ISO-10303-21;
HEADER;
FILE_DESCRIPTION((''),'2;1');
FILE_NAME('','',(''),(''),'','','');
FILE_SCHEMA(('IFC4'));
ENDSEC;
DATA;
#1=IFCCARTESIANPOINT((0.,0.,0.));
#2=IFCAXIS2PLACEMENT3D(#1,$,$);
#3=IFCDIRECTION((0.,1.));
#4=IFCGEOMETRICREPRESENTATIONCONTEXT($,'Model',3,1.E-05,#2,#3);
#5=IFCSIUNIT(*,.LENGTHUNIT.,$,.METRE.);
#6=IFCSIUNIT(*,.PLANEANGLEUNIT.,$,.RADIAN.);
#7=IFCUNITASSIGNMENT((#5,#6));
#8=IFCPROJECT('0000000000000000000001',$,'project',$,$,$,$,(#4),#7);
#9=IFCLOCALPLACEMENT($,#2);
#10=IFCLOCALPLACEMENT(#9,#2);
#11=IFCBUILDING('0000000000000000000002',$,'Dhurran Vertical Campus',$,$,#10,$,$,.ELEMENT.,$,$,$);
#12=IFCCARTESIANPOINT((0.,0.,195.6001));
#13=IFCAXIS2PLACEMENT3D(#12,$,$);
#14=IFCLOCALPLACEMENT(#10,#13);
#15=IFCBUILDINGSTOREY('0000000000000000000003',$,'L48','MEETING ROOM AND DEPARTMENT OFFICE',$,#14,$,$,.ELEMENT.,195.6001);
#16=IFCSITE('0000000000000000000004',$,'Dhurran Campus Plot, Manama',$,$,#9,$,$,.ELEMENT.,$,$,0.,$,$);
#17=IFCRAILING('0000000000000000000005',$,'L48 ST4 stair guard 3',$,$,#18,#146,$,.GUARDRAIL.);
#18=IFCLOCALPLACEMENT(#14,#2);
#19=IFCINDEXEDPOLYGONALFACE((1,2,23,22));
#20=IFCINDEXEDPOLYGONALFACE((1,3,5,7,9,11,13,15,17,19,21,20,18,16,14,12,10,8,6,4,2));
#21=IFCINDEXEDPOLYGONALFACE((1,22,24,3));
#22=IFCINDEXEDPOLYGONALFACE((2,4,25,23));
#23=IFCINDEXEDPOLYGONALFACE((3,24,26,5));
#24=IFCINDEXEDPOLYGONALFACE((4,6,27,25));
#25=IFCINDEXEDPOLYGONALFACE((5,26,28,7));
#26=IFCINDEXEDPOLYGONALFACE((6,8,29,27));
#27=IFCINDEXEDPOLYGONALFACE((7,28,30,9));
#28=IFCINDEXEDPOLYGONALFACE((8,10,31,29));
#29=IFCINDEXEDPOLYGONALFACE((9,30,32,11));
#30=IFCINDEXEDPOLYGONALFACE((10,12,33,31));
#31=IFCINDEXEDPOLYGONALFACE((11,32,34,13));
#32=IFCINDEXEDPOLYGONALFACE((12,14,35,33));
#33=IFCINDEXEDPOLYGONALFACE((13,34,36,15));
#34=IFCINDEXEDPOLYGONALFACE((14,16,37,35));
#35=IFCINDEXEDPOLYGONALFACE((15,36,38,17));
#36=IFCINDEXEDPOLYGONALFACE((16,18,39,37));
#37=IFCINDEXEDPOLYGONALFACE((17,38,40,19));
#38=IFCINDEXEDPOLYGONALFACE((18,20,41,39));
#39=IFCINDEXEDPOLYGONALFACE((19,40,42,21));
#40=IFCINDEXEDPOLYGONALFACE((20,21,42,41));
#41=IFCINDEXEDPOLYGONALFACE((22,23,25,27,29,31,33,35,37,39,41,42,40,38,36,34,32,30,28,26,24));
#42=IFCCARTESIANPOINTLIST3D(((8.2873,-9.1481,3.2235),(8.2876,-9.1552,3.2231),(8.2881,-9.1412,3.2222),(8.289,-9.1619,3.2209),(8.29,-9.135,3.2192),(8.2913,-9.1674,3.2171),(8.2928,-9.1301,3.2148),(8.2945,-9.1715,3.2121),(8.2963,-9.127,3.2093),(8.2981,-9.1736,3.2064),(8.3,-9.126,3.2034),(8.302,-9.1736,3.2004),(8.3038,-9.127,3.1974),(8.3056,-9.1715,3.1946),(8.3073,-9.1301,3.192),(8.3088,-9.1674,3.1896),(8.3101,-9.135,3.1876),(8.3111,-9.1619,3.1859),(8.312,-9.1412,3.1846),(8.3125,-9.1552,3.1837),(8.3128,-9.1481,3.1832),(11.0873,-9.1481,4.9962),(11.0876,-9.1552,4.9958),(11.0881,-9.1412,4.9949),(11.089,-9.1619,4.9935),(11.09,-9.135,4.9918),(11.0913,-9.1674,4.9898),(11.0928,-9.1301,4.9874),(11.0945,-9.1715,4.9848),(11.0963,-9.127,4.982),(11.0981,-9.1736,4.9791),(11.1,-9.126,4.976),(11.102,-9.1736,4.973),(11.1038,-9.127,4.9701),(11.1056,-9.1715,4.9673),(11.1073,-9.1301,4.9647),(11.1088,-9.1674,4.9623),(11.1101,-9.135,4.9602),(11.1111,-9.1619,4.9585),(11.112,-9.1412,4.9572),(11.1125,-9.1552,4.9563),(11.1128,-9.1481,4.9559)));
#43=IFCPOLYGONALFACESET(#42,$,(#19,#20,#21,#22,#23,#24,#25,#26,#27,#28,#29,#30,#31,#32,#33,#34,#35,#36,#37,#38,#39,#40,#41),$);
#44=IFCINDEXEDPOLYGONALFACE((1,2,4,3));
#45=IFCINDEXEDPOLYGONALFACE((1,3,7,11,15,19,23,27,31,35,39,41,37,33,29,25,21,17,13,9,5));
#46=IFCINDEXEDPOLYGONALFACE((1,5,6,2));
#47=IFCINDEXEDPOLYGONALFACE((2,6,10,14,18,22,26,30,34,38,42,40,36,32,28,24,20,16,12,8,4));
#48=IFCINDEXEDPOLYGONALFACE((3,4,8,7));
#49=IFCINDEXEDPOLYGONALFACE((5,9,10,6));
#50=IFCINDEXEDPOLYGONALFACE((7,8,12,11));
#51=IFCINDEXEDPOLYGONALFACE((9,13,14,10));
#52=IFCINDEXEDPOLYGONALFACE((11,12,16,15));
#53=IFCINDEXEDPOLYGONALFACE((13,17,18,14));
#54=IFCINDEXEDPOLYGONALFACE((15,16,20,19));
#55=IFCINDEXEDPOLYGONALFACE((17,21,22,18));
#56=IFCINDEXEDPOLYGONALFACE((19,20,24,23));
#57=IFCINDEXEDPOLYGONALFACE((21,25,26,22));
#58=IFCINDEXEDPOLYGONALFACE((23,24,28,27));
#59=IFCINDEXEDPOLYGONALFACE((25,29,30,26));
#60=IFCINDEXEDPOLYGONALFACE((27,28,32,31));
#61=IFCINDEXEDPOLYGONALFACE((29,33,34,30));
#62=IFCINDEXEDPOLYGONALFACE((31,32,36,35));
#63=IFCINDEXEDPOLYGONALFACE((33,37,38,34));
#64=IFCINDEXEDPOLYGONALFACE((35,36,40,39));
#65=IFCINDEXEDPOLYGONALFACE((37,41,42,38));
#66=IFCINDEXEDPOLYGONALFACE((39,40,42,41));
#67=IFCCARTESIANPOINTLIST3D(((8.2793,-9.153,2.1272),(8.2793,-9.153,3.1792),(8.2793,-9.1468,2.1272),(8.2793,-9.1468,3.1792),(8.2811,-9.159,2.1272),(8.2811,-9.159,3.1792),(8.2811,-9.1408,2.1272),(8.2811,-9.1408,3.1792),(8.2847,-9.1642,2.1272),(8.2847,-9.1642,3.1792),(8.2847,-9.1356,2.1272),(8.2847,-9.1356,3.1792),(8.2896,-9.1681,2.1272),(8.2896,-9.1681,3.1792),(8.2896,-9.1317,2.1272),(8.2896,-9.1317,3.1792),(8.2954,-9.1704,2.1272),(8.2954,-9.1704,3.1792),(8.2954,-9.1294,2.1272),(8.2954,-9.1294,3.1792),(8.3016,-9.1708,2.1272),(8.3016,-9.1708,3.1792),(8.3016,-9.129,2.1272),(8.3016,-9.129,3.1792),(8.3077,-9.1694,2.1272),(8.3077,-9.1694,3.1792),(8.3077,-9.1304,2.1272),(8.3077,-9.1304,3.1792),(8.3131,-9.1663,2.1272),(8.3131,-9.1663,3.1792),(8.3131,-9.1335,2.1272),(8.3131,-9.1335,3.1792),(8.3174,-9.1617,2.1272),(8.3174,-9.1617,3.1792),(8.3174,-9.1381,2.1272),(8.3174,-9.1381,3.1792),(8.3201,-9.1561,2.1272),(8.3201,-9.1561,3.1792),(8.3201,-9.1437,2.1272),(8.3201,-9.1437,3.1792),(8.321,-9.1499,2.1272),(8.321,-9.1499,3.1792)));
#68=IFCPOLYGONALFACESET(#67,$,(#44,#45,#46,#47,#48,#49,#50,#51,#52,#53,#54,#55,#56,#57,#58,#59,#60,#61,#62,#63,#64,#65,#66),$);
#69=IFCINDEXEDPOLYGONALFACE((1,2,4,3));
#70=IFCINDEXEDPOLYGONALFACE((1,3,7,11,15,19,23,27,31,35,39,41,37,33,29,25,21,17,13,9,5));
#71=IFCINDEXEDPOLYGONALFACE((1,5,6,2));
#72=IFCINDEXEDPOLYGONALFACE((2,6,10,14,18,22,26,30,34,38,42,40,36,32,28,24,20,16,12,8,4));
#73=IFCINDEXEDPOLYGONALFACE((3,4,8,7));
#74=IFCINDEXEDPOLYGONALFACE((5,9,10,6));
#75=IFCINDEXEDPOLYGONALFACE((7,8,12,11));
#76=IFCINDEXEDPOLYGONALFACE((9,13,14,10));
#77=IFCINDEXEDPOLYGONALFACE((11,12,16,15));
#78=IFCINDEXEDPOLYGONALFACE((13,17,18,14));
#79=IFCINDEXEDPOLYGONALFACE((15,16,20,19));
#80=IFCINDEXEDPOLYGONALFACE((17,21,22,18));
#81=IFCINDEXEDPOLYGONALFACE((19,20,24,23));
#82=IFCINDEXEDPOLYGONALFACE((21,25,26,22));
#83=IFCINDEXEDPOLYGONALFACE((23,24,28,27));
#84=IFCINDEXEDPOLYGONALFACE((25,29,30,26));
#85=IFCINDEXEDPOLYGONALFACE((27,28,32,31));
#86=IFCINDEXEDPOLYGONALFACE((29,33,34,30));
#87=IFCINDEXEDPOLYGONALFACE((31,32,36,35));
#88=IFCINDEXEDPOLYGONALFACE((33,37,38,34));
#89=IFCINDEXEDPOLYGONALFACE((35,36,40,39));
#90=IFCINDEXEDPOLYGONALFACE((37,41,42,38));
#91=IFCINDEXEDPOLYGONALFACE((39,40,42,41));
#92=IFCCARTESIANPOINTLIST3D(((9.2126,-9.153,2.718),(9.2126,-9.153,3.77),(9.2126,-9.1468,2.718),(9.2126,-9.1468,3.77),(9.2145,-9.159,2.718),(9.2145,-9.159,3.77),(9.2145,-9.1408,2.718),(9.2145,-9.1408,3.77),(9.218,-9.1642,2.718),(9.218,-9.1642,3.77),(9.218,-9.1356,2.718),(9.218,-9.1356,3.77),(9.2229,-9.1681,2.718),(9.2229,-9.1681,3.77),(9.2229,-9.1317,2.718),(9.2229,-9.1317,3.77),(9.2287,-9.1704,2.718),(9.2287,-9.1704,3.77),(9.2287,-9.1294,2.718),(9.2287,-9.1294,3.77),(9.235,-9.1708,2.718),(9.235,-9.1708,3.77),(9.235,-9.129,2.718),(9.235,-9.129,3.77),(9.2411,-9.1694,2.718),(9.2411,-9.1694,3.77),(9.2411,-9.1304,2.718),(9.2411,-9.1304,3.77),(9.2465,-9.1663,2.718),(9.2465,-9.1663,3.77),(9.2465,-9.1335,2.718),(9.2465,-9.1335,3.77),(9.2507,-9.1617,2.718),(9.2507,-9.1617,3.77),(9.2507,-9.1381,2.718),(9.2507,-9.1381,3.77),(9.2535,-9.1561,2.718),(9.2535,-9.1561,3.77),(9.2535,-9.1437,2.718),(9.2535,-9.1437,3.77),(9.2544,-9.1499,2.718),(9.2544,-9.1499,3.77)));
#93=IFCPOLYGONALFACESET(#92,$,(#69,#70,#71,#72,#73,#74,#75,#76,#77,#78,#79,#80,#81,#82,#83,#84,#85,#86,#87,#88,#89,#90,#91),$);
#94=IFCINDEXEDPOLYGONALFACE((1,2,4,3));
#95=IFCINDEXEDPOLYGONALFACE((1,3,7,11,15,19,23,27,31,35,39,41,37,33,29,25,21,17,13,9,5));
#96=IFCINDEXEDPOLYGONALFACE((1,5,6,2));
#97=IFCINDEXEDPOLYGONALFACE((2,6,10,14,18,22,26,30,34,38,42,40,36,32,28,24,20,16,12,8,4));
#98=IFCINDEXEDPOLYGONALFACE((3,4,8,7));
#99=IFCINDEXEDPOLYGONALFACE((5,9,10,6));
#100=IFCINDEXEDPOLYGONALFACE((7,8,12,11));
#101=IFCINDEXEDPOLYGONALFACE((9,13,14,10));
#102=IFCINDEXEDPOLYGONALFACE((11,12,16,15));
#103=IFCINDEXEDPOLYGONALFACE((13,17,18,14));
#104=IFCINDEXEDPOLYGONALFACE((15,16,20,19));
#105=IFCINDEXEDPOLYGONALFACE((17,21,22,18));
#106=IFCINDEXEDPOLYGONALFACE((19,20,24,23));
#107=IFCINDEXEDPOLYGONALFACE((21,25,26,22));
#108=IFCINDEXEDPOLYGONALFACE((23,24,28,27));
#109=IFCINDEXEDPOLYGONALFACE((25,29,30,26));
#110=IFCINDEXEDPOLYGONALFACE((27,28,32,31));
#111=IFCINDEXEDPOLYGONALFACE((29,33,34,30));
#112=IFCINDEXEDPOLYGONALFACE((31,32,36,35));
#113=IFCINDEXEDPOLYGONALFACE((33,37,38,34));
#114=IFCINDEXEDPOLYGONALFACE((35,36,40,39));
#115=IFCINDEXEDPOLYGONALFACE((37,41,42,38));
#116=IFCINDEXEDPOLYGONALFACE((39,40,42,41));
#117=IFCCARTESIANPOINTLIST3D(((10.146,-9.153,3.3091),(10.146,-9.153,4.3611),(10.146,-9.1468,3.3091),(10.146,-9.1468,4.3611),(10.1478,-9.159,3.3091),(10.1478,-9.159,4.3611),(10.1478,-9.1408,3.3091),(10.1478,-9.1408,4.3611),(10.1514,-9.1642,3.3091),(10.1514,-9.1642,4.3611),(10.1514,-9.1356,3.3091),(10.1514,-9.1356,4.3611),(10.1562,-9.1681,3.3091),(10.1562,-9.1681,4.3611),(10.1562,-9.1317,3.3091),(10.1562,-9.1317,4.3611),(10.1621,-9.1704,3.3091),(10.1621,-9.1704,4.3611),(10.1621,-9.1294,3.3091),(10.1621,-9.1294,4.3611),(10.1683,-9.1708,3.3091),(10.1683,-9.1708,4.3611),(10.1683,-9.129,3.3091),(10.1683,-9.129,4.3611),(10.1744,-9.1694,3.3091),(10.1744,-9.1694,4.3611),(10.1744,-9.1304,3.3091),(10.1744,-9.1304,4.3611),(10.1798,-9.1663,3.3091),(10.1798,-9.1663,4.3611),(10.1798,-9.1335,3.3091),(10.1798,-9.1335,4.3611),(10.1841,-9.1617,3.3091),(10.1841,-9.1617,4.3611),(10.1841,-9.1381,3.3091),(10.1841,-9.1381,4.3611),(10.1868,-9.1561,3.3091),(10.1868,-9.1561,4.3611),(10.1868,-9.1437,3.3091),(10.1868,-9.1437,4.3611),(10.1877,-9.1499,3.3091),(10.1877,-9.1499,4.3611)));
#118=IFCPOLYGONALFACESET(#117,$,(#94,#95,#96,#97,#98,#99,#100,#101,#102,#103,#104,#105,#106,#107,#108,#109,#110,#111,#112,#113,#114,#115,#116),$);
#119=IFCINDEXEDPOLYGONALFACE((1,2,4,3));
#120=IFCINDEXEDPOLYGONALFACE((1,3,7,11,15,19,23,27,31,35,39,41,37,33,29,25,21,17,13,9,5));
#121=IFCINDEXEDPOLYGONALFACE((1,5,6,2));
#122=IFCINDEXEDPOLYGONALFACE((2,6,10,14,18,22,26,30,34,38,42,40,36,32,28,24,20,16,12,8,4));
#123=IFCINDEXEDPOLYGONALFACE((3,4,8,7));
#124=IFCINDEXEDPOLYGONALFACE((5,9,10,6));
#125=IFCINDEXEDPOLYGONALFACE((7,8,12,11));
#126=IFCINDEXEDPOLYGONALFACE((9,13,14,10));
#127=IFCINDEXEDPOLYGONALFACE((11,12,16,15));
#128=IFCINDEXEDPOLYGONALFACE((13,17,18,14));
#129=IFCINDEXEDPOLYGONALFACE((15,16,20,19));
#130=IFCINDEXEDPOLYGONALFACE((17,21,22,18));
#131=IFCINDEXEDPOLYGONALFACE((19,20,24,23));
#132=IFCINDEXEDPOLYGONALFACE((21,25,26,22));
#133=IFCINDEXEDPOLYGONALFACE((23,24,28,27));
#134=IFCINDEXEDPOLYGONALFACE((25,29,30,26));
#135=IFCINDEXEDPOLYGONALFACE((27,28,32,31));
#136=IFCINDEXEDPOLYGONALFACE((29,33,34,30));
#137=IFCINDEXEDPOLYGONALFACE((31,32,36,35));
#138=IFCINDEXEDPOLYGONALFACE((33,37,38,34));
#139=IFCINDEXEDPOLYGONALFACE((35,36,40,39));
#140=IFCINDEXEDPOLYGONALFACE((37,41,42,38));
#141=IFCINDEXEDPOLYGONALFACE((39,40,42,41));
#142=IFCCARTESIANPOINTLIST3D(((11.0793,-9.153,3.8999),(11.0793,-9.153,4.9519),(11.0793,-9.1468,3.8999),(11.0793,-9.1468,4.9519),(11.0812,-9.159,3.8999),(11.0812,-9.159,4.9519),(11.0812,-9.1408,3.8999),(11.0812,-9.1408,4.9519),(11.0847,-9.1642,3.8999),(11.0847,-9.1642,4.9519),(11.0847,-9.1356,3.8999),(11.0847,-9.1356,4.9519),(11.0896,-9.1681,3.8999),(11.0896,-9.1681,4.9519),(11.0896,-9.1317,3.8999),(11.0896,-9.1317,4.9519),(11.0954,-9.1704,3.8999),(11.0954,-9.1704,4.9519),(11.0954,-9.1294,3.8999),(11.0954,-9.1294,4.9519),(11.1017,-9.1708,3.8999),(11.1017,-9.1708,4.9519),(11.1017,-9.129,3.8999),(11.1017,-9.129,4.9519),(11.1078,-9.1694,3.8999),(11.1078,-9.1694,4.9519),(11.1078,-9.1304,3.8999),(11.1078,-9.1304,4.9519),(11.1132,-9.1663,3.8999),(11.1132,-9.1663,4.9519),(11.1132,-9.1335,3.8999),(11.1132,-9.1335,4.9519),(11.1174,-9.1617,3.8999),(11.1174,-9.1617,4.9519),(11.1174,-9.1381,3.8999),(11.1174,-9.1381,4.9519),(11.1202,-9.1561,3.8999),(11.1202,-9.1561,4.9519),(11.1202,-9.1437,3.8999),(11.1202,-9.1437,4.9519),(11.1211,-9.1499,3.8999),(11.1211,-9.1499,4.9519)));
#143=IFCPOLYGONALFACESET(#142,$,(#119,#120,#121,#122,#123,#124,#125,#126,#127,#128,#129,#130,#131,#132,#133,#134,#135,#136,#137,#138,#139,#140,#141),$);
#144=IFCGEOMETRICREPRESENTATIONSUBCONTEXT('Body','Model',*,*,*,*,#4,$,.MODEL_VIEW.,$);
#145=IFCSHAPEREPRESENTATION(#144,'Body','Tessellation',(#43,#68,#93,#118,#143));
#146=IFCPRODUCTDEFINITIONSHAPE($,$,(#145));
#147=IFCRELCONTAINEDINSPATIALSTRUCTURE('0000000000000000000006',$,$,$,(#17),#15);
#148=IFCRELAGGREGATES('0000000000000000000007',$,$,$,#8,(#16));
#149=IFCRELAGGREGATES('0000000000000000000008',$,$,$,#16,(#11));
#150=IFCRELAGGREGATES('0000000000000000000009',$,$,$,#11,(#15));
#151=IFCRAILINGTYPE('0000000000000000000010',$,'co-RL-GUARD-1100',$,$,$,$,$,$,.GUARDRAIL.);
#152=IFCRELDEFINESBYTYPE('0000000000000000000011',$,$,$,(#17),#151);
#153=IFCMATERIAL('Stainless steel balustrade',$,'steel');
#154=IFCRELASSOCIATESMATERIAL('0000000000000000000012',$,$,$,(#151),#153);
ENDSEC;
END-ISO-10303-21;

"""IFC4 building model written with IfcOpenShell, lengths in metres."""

from ifc_helpers import new_model, si_unit, direction, frame, origin, origin_2d, place, context, subcontext, project, spatial, circle, extrude, material, type_object, element, save


model = new_model("IFC4")

# Units and contexts
model_context = context("Model", 3, precision=1e-05, world=origin(), true_north=direction((0.0, 1.0)))
body_context = subcontext(model_context, "Body", "Model", "MODEL_VIEW")
ifc_project = project(units=[si_unit("LENGTHUNIT", "METRE"), si_unit("PLANEANGLEUNIT", "RADIAN")], contexts=[model_context])

# Site, building, storey
site_placement = place(None, origin())
site = spatial("IfcSite", under=ifc_project, at=site_placement, Name="Dhurran Campus Plot, Manama", CompositionType="ELEMENT", RefElevation=0.0)
building_placement = place(site_placement, origin())
building = spatial("IfcBuilding", under=site, at=building_placement, Name="Dhurran Vertical Campus", CompositionType="ELEMENT")
storey_placement = place(building_placement, frame((0.0, 0.0, 195.6001)))
storey = spatial("IfcBuildingStorey", under=building, at=storey_placement, Name="L48", Description="MEETING ROOM AND DEPARTMENT OFFICE", CompositionType="ELEMENT", Elevation=195.6001)

# Railing
ifc_material_1 = material(Name="Stainless steel balustrade", Category="steel")
railing_type_1 = type_object("IfcRailingType", Name="co-RL-GUARD-1100", PredefinedType="GUARDRAIL", material=ifc_material_1)
railing_1_placement = place(storey_placement, frame((8.3, -9.1499, 2.1272)))
element("IfcRailing", 1, at=railing_1_placement, inside=storey, type_object=railing_type_1, Name="L48 ST4 stair guard 3", PredefinedType="GUARDRAIL", context=body_context, shape_type="SweptSolid", body=[
    extrude(circle(Radius=0.0239, at=origin_2d()), frame((0.0, 0.0, 1.0762), z_axis=(0.844909, 0.0, 0.53491), x_axis=(0.0, 1.0, 0.0)), (0.0, 0.0, 1.0), 3.314),
    extrude(circle(Radius=0.021, at=origin_2d()), origin(), (0.0, 0.0, 1.0), 1.052),
    extrude(circle(Radius=0.021, at=origin_2d()), frame((0.9333, 0.0, 0.5908)), (0.0, 0.0, 1.0), 1.052),
    extrude(circle(Radius=0.021, at=origin_2d()), frame((1.8667, 0.0, 1.1819)), (0.0, 0.0, 1.0), 1.052),
    extrude(circle(Radius=0.021, at=origin_2d()), frame((2.8, 0.0, 1.7727)), (0.0, 0.0, 1.0), 1.052),
])

save(model, "model.ifc")
